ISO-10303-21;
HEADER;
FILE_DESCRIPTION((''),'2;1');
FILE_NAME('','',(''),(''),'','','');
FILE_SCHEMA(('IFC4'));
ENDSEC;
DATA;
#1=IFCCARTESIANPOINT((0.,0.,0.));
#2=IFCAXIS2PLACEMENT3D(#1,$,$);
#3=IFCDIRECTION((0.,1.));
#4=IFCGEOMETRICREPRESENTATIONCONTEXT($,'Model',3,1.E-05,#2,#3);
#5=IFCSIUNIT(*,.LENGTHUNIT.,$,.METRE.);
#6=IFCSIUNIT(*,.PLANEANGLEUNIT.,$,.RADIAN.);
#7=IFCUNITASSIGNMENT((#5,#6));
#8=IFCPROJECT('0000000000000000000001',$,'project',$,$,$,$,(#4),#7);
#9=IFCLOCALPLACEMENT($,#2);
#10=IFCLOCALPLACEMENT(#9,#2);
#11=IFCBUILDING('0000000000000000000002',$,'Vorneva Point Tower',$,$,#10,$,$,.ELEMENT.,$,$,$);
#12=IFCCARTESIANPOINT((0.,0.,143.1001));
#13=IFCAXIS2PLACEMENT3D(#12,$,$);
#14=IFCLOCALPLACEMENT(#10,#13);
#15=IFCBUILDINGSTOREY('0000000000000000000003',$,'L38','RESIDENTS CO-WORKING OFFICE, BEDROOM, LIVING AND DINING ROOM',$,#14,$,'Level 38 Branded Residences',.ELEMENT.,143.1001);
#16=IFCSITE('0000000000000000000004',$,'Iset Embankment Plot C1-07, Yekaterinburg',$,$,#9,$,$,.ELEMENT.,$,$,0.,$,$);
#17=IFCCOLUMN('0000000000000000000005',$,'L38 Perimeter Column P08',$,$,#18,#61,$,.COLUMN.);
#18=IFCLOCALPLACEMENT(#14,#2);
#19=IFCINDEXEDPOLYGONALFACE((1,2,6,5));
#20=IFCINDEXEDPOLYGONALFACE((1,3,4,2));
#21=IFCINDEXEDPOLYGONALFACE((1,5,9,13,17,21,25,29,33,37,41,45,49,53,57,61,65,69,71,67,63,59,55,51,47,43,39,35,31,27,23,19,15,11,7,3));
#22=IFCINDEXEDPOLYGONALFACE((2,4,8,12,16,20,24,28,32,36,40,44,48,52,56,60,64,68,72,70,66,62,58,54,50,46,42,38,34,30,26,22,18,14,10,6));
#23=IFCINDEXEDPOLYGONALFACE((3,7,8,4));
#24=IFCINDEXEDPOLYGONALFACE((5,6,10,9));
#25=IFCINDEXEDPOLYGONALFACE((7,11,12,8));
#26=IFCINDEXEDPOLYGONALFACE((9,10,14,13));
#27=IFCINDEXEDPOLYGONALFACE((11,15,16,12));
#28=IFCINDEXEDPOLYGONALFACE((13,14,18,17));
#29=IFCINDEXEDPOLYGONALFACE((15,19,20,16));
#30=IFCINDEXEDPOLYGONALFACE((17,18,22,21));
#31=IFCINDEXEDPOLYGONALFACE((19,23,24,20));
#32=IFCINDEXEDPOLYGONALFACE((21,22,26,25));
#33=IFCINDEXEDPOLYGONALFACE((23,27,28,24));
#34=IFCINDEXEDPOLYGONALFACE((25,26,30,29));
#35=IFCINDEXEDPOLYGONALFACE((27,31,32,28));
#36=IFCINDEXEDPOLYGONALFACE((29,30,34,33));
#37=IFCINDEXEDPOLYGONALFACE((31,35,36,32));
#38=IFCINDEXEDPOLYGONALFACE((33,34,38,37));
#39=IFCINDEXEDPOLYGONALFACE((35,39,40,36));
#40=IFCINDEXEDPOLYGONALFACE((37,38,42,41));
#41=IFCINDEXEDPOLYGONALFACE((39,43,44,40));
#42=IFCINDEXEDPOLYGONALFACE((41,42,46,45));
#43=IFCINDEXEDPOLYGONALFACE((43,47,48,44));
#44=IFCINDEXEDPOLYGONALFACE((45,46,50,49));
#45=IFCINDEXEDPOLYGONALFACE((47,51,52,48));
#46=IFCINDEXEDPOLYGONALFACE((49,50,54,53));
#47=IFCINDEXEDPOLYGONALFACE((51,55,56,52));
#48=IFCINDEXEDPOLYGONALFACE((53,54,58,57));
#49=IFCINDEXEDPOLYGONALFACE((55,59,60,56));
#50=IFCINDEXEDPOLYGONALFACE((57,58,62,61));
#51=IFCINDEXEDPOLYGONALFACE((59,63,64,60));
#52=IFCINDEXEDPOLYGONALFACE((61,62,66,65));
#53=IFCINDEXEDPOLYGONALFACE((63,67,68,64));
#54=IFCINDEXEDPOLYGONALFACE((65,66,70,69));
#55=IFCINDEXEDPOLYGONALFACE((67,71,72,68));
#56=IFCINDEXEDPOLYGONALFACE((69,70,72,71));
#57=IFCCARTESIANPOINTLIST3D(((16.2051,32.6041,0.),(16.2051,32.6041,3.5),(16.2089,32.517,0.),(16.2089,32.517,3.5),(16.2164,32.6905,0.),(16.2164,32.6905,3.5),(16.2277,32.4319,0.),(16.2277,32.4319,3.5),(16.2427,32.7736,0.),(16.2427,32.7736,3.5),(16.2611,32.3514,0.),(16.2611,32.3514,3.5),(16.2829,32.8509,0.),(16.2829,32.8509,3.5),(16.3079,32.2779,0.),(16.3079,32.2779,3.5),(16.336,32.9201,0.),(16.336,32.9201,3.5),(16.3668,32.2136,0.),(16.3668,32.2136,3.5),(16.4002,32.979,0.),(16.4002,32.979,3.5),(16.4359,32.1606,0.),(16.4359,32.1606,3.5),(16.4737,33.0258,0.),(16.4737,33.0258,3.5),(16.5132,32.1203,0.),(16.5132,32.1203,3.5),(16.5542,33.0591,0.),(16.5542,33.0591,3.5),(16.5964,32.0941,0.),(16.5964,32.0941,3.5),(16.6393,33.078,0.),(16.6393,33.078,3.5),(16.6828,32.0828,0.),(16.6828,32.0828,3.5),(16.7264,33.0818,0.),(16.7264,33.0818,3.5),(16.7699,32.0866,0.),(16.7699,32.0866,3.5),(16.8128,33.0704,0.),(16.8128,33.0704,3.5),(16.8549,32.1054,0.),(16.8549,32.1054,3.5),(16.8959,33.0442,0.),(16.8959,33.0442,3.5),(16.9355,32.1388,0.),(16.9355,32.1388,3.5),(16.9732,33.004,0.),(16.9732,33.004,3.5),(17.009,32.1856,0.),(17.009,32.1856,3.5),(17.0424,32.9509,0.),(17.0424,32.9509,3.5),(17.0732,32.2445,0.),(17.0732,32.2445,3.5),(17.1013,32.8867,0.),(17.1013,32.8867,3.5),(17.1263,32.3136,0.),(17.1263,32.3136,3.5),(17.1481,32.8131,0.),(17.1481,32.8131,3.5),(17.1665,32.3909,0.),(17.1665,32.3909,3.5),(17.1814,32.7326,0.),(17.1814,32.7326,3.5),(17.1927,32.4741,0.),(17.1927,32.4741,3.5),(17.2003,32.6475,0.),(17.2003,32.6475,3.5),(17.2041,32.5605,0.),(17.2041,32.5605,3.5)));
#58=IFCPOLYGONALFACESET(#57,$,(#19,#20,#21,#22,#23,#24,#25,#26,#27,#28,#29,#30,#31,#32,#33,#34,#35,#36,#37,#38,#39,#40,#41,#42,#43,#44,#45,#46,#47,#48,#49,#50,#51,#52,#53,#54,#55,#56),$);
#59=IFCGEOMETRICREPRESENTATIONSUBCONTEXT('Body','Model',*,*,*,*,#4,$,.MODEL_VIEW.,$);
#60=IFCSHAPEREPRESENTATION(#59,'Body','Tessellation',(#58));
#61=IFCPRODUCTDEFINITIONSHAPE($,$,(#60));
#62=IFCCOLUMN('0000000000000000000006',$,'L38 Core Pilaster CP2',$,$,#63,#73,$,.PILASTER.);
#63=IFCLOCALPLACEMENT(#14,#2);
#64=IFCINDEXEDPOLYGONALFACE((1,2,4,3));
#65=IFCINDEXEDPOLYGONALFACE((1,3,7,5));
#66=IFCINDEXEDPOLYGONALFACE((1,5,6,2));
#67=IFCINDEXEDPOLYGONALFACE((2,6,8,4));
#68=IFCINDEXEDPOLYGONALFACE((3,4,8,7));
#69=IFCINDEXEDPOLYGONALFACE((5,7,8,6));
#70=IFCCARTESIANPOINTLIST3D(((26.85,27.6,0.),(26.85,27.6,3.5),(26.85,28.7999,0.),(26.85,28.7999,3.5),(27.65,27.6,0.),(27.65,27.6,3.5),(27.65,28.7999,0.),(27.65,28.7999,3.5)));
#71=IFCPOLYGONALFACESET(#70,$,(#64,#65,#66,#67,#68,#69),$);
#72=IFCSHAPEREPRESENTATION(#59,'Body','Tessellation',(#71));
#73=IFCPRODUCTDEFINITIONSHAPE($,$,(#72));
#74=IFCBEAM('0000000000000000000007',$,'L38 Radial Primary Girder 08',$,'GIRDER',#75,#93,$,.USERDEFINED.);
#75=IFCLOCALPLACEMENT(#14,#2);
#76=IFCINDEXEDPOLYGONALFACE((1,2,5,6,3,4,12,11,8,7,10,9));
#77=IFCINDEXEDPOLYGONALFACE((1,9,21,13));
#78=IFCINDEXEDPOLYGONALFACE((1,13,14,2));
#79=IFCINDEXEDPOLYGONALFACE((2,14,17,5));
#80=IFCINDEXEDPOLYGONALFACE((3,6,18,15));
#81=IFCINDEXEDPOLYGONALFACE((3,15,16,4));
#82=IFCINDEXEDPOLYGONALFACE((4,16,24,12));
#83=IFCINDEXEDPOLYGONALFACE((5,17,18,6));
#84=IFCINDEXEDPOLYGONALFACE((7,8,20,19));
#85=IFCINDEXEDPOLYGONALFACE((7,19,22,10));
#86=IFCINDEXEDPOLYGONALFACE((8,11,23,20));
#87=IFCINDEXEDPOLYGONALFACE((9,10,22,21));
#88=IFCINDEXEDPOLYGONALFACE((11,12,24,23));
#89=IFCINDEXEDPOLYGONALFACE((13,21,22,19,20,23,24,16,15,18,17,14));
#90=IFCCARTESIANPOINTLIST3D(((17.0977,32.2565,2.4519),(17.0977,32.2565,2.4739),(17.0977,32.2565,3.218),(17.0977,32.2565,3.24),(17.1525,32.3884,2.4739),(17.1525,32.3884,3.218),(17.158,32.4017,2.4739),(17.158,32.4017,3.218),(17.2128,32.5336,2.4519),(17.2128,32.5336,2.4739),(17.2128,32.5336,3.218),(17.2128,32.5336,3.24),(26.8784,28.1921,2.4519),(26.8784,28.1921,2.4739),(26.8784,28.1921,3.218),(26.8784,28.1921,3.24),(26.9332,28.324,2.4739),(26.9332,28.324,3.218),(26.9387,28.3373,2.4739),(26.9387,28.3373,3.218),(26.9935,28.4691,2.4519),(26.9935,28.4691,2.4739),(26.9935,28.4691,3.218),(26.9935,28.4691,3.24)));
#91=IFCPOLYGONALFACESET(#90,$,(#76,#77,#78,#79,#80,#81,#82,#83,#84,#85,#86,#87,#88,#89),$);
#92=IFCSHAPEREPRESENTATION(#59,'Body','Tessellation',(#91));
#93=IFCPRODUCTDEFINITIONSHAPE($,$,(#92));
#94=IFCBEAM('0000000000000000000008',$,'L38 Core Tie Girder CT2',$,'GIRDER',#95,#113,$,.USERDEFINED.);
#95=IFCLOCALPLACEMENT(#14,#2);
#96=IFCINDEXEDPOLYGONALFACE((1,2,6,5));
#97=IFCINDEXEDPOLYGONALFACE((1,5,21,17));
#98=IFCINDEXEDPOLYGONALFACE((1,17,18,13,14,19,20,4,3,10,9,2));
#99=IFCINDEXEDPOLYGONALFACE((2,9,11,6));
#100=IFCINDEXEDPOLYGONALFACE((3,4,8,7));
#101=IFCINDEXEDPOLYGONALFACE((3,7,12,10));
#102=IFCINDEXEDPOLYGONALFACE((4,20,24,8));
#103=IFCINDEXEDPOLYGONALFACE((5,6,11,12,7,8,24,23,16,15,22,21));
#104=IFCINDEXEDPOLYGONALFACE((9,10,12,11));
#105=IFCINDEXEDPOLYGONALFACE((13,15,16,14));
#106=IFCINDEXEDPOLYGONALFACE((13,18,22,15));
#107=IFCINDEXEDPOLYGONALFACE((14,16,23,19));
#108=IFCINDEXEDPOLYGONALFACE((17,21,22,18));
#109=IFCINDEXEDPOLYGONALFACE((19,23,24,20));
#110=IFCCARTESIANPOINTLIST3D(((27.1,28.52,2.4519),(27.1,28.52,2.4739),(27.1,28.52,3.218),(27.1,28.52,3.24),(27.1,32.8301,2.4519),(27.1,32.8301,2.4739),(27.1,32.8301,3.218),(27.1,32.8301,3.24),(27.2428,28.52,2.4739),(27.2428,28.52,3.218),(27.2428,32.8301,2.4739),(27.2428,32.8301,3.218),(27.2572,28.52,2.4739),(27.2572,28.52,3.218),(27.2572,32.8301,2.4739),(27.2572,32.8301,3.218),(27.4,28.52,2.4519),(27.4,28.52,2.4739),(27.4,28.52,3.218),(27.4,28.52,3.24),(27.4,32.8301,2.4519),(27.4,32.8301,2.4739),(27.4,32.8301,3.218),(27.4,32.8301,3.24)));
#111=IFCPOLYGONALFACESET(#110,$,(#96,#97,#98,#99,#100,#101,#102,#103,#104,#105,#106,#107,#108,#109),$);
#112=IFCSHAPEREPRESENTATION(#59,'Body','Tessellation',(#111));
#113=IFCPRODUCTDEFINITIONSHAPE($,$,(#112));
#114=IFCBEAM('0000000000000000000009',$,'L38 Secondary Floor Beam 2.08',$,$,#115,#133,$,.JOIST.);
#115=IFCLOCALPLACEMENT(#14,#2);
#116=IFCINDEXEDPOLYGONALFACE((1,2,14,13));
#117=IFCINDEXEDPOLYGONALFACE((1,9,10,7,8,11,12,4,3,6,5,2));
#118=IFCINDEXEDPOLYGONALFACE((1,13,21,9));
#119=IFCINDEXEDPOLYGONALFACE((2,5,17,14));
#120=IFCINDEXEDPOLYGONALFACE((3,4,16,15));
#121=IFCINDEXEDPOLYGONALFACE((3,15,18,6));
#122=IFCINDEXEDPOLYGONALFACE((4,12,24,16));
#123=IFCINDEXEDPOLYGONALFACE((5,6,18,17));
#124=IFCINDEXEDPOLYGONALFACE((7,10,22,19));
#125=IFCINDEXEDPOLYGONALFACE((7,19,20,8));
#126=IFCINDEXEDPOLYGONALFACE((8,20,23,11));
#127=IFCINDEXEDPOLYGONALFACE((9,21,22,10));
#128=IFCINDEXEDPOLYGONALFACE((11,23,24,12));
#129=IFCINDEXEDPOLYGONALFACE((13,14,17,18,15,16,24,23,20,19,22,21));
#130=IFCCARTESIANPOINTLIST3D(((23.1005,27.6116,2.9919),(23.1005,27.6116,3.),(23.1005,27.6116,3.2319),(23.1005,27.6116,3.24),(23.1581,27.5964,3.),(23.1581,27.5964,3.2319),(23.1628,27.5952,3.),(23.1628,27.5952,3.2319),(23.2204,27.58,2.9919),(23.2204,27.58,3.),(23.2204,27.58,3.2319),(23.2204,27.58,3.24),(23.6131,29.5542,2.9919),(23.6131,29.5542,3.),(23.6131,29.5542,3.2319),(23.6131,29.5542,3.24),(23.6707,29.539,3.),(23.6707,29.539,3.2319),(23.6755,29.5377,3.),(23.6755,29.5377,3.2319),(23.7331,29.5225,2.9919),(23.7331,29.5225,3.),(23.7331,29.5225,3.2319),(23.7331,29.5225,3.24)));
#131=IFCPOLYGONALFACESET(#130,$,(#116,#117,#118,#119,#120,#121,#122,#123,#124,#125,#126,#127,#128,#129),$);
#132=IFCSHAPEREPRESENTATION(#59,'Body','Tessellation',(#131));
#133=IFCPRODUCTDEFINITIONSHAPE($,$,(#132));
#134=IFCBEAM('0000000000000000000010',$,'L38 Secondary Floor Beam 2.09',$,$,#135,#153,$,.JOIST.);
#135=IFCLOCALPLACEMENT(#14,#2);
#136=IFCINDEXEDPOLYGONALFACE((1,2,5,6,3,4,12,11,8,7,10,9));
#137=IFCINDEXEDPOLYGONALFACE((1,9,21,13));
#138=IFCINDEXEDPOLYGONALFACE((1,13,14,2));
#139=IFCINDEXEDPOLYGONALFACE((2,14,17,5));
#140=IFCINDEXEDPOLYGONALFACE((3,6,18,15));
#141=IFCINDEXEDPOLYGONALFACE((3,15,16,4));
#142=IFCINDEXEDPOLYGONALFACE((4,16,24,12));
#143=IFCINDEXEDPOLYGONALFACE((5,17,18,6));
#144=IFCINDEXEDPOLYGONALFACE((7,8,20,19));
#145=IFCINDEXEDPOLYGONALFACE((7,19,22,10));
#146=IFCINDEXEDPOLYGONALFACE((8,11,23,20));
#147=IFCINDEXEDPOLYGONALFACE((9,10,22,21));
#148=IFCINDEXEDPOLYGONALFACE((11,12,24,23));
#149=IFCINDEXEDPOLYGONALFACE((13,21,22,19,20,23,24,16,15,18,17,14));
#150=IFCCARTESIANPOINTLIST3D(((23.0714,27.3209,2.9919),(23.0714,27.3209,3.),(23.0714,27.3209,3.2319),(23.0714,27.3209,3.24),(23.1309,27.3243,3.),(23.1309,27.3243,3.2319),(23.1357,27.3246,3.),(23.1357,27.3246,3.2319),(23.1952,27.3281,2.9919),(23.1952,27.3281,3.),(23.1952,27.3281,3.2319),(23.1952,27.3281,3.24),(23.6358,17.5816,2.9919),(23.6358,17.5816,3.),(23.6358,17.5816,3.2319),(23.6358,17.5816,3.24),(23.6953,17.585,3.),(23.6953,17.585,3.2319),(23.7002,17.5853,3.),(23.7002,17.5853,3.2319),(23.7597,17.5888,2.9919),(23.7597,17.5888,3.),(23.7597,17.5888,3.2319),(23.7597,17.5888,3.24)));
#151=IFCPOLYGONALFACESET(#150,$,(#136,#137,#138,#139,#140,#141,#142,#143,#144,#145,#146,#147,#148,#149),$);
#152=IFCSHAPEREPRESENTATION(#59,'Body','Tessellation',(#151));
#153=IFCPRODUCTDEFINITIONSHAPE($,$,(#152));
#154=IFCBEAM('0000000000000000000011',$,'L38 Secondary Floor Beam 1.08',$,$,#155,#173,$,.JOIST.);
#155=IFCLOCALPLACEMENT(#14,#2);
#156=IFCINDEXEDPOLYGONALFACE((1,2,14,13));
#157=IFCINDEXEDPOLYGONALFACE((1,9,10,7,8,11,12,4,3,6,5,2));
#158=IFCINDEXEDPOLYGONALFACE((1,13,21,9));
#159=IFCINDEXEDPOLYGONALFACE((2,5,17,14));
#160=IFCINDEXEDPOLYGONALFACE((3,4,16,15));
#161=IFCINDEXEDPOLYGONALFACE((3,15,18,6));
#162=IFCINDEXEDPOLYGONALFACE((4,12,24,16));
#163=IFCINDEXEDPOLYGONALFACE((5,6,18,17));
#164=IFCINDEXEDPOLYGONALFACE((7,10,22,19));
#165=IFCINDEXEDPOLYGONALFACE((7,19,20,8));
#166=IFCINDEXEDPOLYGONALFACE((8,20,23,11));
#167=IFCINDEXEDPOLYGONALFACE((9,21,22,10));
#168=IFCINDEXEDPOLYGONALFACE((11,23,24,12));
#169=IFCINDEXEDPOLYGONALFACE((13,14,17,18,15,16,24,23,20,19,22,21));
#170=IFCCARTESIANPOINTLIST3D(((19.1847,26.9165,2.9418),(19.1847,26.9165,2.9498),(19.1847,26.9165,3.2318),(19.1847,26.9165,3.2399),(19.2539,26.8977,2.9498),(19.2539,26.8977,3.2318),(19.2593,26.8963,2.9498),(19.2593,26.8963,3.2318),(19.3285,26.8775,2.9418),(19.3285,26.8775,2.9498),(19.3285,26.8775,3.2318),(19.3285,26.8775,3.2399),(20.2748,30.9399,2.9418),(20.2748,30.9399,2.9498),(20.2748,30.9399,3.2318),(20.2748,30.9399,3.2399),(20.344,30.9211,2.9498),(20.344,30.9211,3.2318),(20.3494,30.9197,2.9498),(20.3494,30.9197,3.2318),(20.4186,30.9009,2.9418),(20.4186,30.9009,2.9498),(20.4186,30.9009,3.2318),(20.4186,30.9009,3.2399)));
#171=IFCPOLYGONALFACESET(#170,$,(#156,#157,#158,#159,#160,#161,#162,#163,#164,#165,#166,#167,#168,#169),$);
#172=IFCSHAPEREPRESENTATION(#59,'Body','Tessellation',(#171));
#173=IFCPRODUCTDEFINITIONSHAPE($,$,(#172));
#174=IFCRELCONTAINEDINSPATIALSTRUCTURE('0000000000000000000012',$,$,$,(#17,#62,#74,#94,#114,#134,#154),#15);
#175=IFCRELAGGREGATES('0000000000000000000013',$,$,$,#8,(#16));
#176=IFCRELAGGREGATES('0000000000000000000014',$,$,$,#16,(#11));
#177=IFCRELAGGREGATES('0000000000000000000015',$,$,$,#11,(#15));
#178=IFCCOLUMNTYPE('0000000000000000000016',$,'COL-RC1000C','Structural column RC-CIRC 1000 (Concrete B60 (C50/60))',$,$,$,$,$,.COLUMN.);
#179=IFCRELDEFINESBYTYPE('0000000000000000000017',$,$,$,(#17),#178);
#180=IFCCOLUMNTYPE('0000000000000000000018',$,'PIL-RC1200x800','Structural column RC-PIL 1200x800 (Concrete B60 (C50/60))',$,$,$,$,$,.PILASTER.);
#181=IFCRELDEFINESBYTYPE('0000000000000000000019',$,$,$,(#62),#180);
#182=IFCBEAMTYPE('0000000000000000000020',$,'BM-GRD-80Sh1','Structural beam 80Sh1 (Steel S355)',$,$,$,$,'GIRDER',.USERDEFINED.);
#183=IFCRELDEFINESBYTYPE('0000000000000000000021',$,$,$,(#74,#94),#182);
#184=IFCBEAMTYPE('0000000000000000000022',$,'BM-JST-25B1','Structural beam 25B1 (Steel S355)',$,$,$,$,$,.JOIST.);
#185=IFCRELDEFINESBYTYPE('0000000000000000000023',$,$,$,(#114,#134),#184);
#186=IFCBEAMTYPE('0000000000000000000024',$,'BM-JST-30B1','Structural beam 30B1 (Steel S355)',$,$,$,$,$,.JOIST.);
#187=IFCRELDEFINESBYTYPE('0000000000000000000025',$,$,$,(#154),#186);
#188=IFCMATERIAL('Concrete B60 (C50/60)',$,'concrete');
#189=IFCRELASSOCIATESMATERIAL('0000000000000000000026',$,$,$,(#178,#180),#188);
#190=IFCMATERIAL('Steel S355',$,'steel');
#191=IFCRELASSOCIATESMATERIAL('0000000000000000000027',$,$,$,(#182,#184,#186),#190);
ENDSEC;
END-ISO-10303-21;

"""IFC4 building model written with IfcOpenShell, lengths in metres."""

from ifc_helpers import new_model, si_unit, direction, frame, origin, origin_2d, place, context, subcontext, project, spatial, rectangle, circle, i_section, extrude, material, material_profile, profile_set, type_object, element, save


model = new_model("IFC4")

# Units and contexts
model_context = context("Model", 3, precision=1e-05, world=origin(), true_north=direction((0.0, 1.0)))
body_context = subcontext(model_context, "Body", "Model", "MODEL_VIEW")
ifc_project = project(units=[si_unit("LENGTHUNIT", "METRE"), si_unit("PLANEANGLEUNIT", "RADIAN")], contexts=[model_context])

# Site, building, storey
site_placement = place(None, origin())
site = spatial("IfcSite", under=ifc_project, at=site_placement, Name="Iset Embankment Plot C1-07, Yekaterinburg", CompositionType="ELEMENT", RefElevation=0.0)
building_placement = place(site_placement, origin())
building = spatial("IfcBuilding", under=site, at=building_placement, Name="Vorneva Point Tower", CompositionType="ELEMENT")
storey_placement = place(building_placement, frame((0.0, 0.0, 143.1001)))
storey = spatial("IfcBuildingStorey", under=building, at=storey_placement, Name="L38", Description="RESIDENTS CO-WORKING OFFICE, BEDROOM, LIVING AND DINING ROOM", LongName="Level 38 Branded Residences", CompositionType="ELEMENT", Elevation=143.1001)

# Columns
ifc_material_1 = material(Name="Concrete B60 (C50/60)", Category="concrete")
ifc_material_profile_1 = material_profile(ifc_material_1, circle(Radius=0.5, at=origin_2d()), Name="RC-CIRC 1000")
ifc_profile_set_1 = profile_set([ifc_material_profile_1], Name="Concrete B60 (C50/60)")
column_type_1 = type_object("IfcColumnType", Name="COL-RC1000C", Description="Structural column RC-CIRC 1000 (Concrete B60 (C50/60))", PredefinedType="COLUMN", material=ifc_profile_set_1)
column_1_placement = place(storey_placement, frame((16.7046, 32.5823, 0.0), z_axis=(0.0, 0.0, 1.0), x_axis=(-0.92388, 0.382683, 0.0)))
element("IfcColumn", 1, at=column_1_placement, inside=storey, type_object=column_type_1, Name="L38 Perimeter Column P08", PredefinedType="COLUMN", context=body_context, shape_type="SweptSolid", body=[
    extrude(circle(Radius=0.5, at=origin_2d()), origin(), (0.0, 0.0, 1.0), 3.5),
])
ifc_material_profile_2 = material_profile(ifc_material_1, rectangle(XDim=0.8, YDim=1.2, at=origin_2d()), Name="RC-PIL 1200x800")
ifc_profile_set_2 = profile_set([ifc_material_profile_2], Name="Concrete B60 (C50/60)")
column_type_2 = type_object("IfcColumnType", Name="PIL-RC1200x800", Description="Structural column RC-PIL 1200x800 (Concrete B60 (C50/60))", PredefinedType="PILASTER", material=ifc_profile_set_2)
column_2_placement = place(storey_placement, frame((27.25, 28.2, 0.0), z_axis=(0.0, 0.0, 1.0), x_axis=(1.0, 0.0, 0.0)))
element("IfcColumn", 2, at=column_2_placement, inside=storey, type_object=column_type_2, Name="L38 Core Pilaster CP2", PredefinedType="PILASTER", context=body_context, shape_type="SweptSolid", body=[
    extrude(rectangle(XDim=0.8, YDim=1.2, at=origin_2d()), origin(), (0.0, 0.0, 1.0), 3.5),
])

# Beams
ifc_material_2 = material(Name="Steel S355", Category="steel")
ifc_material_profile_3 = material_profile(ifc_material_2, i_section(OverallWidth=0.3, OverallDepth=0.7881, WebThickness=0.0144, FlangeThickness=0.022, at=origin_2d()), Name="80Sh1")
ifc_profile_set_3 = profile_set([ifc_material_profile_3], Name="Steel S355")
beam_type_1 = type_object("IfcBeamType", Name="BM-GRD-80Sh1", Description="Structural beam 80Sh1 (Steel S355)", ElementType="GIRDER", PredefinedType="USERDEFINED", material=ifc_profile_set_3)
beam_1_placement = place(storey_placement, frame((17.1553, 32.395, 2.8459), z_axis=(0.923441, -0.383741, 0.0), x_axis=(0.383741, 0.923441, 0.0)))
element("IfcBeam", 3, at=beam_1_placement, inside=storey, type_object=beam_type_1, Name="L38 Radial Primary Girder 08", ObjectType="GIRDER", PredefinedType="USERDEFINED", context=body_context, shape_type="SweptSolid", body=[
    extrude(i_section(OverallWidth=0.3, OverallDepth=0.7881, WebThickness=0.0144, FlangeThickness=0.022, at=origin_2d()), origin(), (0.0, 0.0, 1.0), 10.5916),
])
beam_2_placement = place(storey_placement, frame((27.25, 28.52, 2.8459), z_axis=(0.0, 1.0, 0.0), x_axis=(-1.0, 0.0, 0.0)))
element("IfcBeam", 4, at=beam_2_placement, inside=storey, type_object=beam_type_1, Name="L38 Core Tie Girder CT2", ObjectType="GIRDER", PredefinedType="USERDEFINED", context=body_context, shape_type="SweptSolid", body=[
    extrude(i_section(OverallWidth=0.3, OverallDepth=0.7881, WebThickness=0.0144, FlangeThickness=0.022, at=origin_2d()), origin(), (0.0, 0.0, 1.0), 4.3101),
])
ifc_material_profile_4 = material_profile(ifc_material_2, i_section(OverallWidth=0.124, OverallDepth=0.248, WebThickness=0.0049, FlangeThickness=0.0081, at=origin_2d()), Name="25B1")
ifc_profile_set_4 = profile_set([ifc_material_profile_4], Name="Steel S355")
beam_type_2 = type_object("IfcBeamType", Name="BM-JST-25B1", Description="Structural beam 25B1 (Steel S355)", PredefinedType="JOIST", material=ifc_profile_set_4)
beam_3_placement = place(storey_placement, frame((23.6731, 29.5383, 3.116), z_axis=(-0.255181, -0.966893, 0.0), x_axis=(0.966893, -0.255181, 0.0)))
element("IfcBeam", 5, at=beam_3_placement, inside=storey, type_object=beam_type_2, Name="L38 Secondary Floor Beam 2.08", PredefinedType="JOIST", context=body_context, shape_type="SweptSolid", body=[
    extrude(i_section(OverallWidth=0.124, OverallDepth=0.248, WebThickness=0.0049, FlangeThickness=0.0081, at=origin_2d()), origin(), (0.0, 0.0, 1.0), 2.009),
])
beam_4_placement = place(storey_placement, frame((23.1333, 27.3245, 3.116), z_axis=(0.057859, -0.998325, 0.0), x_axis=(0.998325, 0.057859, 0.0)))
element("IfcBeam", 6, at=beam_4_placement, inside=storey, type_object=beam_type_2, Name="L38 Secondary Floor Beam 2.09", PredefinedType="JOIST", context=body_context, shape_type="SweptSolid", body=[
    extrude(i_section(OverallWidth=0.124, OverallDepth=0.248, WebThickness=0.0049, FlangeThickness=0.0081, at=origin_2d()), origin(), (0.0, 0.0, 1.0), 9.7556),
])
ifc_material_profile_5 = material_profile(ifc_material_2, i_section(OverallWidth=0.1489, OverallDepth=0.2981, WebThickness=0.0056, FlangeThickness=0.0081, at=origin_2d()), Name="30B1")
ifc_profile_set_5 = profile_set([ifc_material_profile_5], Name="Steel S355")
beam_type_3 = type_object("IfcBeamType", Name="BM-JST-30B1", Description="Structural beam 30B1 (Steel S355)", PredefinedType="JOIST", material=ifc_profile_set_5)
beam_5_placement = place(storey_placement, frame((20.3467, 30.9204, 3.0908), z_axis=(-0.261506, -0.965202, 0.0), x_axis=(0.965202, -0.261506, 0.0)))
element("IfcBeam", 7, at=beam_5_placement, inside=storey, type_object=beam_type_3, Name="L38 Secondary Floor Beam 1.08", PredefinedType="JOIST", context=body_context, shape_type="SweptSolid", body=[
    extrude(i_section(OverallWidth=0.1489, OverallDepth=0.2981, WebThickness=0.0056, FlangeThickness=0.0081, at=origin_2d()), origin(), (0.0, 0.0, 1.0), 4.1685),
])

save(model, "model.ifc")
